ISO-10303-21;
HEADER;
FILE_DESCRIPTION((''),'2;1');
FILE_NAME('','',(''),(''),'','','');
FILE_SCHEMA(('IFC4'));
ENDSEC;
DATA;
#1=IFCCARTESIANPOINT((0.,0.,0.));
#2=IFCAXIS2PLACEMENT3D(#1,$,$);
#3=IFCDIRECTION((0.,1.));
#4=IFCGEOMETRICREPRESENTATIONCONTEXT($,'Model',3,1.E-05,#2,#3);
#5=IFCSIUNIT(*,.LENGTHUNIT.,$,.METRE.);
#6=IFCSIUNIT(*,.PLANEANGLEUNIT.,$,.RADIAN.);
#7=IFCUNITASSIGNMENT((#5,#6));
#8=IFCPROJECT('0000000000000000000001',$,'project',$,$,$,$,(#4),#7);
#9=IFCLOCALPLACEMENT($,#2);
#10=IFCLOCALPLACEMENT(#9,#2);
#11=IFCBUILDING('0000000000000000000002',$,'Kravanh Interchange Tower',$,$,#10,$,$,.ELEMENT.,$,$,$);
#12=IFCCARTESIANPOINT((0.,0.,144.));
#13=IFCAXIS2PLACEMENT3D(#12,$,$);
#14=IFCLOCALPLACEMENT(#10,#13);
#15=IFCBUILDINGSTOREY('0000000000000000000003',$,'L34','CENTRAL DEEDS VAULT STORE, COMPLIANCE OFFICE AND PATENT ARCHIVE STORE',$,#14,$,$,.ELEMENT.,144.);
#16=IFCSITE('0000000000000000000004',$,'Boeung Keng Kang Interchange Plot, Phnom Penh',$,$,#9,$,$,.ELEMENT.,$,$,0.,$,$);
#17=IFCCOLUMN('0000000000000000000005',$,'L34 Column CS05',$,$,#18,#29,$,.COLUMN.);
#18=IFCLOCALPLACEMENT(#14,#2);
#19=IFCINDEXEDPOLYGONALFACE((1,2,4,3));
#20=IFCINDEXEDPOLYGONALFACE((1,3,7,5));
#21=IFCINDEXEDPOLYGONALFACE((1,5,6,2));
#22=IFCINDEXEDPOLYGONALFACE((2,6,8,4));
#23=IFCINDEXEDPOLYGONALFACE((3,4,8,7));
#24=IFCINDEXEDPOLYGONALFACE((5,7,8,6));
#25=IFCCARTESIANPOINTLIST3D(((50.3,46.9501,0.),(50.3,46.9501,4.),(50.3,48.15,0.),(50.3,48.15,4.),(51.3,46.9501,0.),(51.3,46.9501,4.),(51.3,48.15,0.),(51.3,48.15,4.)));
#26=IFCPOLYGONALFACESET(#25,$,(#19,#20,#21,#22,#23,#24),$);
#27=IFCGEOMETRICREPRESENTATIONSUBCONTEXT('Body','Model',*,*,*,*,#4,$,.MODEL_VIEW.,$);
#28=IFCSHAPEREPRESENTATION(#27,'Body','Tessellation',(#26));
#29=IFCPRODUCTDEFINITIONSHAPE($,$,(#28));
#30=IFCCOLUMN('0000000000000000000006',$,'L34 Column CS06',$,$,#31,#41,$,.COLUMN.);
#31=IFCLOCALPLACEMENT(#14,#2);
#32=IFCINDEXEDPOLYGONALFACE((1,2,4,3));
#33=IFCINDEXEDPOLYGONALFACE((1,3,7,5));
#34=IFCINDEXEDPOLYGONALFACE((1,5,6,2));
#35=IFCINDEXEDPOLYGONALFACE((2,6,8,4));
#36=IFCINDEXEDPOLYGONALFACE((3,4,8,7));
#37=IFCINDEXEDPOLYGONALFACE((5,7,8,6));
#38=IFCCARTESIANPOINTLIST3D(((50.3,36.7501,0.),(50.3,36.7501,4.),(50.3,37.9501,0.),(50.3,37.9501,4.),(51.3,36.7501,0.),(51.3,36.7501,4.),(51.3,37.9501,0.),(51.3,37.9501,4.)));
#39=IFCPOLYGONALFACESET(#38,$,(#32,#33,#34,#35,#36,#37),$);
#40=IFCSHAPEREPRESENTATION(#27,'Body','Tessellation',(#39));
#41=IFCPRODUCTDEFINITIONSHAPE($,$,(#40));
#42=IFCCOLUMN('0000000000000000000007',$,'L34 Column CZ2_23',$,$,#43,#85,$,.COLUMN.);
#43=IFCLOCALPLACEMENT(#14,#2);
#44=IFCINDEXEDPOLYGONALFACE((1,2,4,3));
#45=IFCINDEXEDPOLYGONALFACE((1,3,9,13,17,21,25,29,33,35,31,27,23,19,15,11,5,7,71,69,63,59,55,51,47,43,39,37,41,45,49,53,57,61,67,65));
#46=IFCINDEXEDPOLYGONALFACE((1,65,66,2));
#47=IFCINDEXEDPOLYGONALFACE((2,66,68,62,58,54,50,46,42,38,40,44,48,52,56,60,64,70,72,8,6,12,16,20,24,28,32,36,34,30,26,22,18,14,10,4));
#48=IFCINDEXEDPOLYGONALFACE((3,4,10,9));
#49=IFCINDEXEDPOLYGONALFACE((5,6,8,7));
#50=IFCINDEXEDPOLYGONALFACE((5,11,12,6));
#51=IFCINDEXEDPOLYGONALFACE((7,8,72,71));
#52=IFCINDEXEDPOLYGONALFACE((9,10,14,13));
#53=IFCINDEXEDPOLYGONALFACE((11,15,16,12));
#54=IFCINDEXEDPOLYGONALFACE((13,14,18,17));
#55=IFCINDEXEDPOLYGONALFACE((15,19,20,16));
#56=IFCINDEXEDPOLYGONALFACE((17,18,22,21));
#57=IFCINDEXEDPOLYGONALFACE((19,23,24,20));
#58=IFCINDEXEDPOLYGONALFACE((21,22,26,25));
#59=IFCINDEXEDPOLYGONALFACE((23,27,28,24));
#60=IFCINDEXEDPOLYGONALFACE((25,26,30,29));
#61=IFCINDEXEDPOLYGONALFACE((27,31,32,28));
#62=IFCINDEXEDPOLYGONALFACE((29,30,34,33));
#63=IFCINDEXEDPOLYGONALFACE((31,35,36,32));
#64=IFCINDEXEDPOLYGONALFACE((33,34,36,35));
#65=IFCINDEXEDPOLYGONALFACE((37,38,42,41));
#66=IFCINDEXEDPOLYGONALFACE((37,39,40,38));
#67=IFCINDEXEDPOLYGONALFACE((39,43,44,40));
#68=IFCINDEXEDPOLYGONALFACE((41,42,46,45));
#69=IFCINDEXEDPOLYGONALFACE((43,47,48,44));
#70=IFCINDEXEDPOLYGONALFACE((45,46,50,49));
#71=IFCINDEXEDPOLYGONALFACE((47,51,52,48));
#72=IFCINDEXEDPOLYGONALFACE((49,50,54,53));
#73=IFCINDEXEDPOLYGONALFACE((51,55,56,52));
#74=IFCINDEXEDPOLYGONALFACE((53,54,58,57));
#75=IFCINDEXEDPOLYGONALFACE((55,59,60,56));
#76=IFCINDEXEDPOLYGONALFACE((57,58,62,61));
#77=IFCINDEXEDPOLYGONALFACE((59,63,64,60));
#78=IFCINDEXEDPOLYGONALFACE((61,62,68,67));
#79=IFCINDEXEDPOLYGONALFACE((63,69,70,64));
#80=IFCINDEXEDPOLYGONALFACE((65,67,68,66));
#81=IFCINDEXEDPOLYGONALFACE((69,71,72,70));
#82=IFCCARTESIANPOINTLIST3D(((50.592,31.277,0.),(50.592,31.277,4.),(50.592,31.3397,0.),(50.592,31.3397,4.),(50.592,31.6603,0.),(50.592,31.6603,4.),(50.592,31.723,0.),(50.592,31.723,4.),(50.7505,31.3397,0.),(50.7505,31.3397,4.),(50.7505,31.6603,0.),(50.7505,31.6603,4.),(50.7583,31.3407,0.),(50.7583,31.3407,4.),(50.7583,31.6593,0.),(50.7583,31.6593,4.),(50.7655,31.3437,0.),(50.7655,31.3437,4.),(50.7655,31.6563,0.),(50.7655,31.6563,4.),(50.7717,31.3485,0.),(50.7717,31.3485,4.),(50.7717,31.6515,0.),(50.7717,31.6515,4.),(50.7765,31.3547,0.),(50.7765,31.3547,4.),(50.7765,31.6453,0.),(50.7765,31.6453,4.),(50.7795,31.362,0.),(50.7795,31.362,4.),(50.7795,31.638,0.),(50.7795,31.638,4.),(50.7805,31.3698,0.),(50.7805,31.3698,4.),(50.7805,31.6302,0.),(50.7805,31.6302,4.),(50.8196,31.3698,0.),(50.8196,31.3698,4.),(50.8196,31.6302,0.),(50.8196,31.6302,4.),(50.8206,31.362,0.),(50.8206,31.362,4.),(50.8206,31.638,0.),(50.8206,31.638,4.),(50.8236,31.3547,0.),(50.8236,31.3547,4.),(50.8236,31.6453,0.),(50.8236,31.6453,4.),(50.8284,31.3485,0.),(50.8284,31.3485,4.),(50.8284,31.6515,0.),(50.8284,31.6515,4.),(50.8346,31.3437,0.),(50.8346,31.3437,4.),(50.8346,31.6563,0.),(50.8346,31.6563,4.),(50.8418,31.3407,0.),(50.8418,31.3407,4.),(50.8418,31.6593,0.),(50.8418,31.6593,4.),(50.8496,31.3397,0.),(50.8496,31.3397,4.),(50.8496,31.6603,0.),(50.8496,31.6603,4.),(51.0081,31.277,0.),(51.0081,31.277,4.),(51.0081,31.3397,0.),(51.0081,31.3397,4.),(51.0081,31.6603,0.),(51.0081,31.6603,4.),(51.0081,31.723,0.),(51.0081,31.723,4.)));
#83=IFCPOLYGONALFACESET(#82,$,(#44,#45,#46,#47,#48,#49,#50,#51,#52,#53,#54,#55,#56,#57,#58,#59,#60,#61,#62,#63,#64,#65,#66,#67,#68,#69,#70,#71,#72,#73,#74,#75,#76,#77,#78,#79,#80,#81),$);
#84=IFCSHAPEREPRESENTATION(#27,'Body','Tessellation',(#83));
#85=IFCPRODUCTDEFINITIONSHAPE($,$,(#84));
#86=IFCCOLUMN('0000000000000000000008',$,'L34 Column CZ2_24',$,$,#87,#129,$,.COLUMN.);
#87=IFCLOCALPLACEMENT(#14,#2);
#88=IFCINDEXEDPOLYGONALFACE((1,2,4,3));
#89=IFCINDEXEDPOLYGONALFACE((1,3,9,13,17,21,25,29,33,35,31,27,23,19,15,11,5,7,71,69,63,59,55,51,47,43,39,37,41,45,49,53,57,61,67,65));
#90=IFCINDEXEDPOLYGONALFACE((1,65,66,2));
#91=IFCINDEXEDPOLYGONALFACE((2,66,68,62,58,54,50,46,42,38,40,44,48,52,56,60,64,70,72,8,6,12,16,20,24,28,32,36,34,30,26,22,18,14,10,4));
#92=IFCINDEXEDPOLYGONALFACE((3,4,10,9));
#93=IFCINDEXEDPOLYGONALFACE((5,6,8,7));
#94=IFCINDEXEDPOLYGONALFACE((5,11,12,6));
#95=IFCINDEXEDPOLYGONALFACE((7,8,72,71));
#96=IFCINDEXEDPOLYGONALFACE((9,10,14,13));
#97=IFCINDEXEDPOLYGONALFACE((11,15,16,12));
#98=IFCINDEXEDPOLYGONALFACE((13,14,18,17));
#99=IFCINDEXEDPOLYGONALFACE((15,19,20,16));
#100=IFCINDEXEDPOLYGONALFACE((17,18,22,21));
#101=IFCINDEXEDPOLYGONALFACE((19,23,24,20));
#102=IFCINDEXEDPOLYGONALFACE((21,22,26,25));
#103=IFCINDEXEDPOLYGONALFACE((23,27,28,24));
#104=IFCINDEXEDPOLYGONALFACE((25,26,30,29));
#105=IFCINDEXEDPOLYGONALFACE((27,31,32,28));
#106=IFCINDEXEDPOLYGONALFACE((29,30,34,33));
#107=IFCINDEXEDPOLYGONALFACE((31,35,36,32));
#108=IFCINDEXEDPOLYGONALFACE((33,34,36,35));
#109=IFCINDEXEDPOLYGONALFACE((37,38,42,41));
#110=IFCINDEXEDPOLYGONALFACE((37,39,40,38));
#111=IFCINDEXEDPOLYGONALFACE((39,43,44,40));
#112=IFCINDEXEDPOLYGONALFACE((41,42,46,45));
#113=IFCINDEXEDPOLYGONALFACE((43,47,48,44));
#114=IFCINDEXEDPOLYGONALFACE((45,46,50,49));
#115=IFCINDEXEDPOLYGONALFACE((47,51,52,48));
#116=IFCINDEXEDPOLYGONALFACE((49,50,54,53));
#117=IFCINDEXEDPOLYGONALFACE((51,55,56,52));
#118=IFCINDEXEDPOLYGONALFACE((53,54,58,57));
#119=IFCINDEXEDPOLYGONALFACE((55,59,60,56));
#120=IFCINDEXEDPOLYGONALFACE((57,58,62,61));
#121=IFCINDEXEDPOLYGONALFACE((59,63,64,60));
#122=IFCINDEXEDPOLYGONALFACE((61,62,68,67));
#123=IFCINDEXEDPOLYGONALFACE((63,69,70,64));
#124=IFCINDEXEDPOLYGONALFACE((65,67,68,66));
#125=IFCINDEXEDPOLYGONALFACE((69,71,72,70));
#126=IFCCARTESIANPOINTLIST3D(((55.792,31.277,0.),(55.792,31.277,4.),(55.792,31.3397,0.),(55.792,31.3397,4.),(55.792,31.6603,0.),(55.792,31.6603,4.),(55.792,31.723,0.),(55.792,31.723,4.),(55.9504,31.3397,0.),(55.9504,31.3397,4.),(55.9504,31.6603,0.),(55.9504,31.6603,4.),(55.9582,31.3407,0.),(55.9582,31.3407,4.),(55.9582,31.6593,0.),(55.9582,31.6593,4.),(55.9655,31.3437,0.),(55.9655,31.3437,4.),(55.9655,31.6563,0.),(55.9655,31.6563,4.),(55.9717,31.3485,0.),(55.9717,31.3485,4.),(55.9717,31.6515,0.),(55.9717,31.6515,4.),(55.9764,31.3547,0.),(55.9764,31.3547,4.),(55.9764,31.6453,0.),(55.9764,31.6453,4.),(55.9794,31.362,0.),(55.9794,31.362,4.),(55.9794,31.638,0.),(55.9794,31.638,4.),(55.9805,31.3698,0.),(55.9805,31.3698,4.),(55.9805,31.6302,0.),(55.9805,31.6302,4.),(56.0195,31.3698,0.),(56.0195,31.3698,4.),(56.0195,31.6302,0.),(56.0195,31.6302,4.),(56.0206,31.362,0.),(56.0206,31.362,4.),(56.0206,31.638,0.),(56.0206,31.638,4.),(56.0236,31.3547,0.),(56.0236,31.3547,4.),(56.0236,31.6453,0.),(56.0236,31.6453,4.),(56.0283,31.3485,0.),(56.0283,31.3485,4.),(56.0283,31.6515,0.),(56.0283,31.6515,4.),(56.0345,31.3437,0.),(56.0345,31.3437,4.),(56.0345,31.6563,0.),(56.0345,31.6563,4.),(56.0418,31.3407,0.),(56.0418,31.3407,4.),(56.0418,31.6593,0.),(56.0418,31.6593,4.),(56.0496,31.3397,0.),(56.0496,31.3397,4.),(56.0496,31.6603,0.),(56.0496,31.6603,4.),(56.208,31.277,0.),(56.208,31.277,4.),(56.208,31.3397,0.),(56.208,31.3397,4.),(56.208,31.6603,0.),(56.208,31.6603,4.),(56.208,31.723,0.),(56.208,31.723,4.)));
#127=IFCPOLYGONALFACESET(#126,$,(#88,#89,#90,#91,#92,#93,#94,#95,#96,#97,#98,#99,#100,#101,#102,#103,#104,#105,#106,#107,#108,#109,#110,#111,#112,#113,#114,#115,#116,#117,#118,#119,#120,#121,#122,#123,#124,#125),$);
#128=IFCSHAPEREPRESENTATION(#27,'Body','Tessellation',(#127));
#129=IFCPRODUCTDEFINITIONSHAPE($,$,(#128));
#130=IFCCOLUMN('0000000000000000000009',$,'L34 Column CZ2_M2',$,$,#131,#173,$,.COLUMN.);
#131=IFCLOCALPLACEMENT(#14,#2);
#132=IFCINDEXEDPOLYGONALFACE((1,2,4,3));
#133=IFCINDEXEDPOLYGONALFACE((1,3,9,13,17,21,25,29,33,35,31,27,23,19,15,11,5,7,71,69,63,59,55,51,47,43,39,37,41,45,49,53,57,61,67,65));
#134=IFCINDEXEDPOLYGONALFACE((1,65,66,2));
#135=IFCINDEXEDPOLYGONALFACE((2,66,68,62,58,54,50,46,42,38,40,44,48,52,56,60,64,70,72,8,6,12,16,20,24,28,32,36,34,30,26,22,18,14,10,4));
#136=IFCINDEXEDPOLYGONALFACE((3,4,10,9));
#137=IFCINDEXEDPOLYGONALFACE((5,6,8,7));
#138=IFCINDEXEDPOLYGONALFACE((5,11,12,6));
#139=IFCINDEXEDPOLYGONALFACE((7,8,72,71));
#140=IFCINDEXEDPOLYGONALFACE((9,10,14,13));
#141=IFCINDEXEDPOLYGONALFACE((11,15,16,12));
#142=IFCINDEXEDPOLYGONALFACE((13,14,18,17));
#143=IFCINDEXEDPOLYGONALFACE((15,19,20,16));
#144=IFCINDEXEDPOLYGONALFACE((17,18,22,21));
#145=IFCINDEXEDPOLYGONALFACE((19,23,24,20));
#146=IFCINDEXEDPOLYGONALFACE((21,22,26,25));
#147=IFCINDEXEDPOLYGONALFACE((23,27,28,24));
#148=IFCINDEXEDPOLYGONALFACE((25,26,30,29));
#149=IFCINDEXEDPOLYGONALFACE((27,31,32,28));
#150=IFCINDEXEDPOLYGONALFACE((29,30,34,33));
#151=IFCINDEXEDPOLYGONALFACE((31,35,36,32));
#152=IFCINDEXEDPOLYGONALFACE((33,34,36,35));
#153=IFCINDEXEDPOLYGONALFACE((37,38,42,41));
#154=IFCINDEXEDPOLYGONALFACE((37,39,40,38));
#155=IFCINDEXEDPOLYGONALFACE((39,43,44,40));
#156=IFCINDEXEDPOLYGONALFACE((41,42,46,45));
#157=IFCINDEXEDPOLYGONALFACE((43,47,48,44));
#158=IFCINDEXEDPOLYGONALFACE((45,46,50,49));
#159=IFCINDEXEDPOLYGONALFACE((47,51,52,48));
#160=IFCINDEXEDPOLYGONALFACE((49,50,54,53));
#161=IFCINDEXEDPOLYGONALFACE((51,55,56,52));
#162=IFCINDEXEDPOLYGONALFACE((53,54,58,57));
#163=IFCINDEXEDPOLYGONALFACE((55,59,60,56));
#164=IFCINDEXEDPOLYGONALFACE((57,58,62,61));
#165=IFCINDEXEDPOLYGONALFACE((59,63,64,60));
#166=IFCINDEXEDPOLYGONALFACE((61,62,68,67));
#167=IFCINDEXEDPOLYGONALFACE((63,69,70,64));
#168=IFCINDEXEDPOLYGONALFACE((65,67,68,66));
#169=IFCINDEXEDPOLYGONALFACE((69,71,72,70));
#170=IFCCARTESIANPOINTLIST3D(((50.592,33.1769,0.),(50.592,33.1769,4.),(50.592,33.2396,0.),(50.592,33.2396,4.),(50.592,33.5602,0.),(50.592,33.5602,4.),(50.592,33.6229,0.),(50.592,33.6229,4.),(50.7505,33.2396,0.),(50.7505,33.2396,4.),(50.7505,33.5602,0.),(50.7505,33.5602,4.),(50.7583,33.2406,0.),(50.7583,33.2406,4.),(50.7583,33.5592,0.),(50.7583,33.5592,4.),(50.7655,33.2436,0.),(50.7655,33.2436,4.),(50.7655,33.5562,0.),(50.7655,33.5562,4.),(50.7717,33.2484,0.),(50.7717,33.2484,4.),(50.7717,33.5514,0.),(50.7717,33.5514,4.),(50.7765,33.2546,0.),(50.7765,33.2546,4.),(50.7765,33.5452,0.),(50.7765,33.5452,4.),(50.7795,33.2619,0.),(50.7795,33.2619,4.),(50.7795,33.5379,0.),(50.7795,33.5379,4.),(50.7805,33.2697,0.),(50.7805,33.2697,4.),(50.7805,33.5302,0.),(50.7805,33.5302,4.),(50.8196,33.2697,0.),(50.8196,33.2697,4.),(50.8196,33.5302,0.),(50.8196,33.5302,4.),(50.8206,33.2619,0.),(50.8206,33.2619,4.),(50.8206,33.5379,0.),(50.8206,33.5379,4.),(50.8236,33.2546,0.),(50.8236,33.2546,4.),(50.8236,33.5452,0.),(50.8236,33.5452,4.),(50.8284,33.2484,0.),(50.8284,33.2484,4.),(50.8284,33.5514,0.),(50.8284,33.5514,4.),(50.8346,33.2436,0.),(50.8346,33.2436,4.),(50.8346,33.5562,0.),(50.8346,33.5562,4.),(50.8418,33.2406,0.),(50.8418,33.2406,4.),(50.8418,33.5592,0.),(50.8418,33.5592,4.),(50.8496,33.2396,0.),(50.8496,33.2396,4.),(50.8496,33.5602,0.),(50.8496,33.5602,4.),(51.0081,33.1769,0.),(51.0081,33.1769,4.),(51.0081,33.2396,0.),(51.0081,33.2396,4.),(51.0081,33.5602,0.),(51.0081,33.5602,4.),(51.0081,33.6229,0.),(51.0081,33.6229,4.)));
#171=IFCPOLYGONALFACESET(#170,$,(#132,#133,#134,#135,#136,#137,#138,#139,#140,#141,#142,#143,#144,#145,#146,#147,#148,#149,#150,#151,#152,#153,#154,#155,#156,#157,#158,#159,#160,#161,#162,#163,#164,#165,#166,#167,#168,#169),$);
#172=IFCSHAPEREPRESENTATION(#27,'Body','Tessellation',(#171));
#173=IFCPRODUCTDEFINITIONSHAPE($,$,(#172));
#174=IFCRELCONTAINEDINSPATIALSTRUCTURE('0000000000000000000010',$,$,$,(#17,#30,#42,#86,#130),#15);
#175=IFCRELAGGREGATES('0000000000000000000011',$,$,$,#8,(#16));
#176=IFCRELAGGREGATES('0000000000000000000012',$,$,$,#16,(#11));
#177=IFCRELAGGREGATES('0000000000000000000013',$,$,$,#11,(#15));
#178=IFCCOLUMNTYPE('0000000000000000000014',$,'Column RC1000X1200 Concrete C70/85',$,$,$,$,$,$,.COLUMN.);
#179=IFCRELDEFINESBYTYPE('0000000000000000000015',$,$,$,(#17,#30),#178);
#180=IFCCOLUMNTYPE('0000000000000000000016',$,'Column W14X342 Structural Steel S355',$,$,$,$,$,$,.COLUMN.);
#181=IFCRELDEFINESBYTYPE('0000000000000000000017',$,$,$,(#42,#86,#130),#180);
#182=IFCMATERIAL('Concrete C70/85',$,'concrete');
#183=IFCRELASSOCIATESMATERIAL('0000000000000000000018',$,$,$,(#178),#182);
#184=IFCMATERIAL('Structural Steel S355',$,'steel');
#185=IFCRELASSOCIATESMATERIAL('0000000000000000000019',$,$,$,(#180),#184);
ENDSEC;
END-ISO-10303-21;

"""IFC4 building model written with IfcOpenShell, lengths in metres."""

from ifc_helpers import new_model, si_unit, direction, frame, origin, origin_2d, place, context, subcontext, project, spatial, rectangle, i_section, extrude, material, material_profile, profile_set, type_object, element, save


model = new_model("IFC4")

# Units and contexts
model_context = context("Model", 3, precision=1e-05, world=origin(), true_north=direction((0.0, 1.0)))
body_context = subcontext(model_context, "Body", "Model", "MODEL_VIEW")
ifc_project = project(units=[si_unit("LENGTHUNIT", "METRE"), si_unit("PLANEANGLEUNIT", "RADIAN")], contexts=[model_context])

# Site, building, storey
site_placement = place(None, origin())
site = spatial("IfcSite", under=ifc_project, at=site_placement, Name="Boeung Keng Kang Interchange Plot, Phnom Penh", CompositionType="ELEMENT", RefElevation=0.0)
building_placement = place(site_placement, origin())
building = spatial("IfcBuilding", under=site, at=building_placement, Name="Kravanh Interchange Tower", CompositionType="ELEMENT")
storey_placement = place(building_placement, frame((0.0, 0.0, 144.0)))
storey = spatial("IfcBuildingStorey", under=building, at=storey_placement, Name="L34", Description="CENTRAL DEEDS VAULT STORE, COMPLIANCE OFFICE AND PATENT ARCHIVE STORE", CompositionType="ELEMENT", Elevation=144.0)

# Columns
ifc_material_1 = material(Name="Concrete C70/85", Category="concrete")
ifc_material_profile_1 = material_profile(ifc_material_1, rectangle(XDim=1.0, YDim=1.2, at=origin_2d()), Name="RC1000X1200")
ifc_profile_set_1 = profile_set([ifc_material_profile_1], Name="Concrete C70/85")
column_type_1 = type_object("IfcColumnType", Name="Column RC1000X1200 Concrete C70/85", PredefinedType="COLUMN", material=ifc_profile_set_1)
for number, where, z_axis, x_axis, name in (
    (1, (50.8, 47.55, 0.0), (0.0, 0.0, 1.0), (1.0, 0.0, 0.0), "L34 Column CS05"),
    (2, (50.8, 37.3501, 0.0), (0.0, 0.0, 1.0), (1.0, 0.0, 0.0), "L34 Column CS06"),
):
    element("IfcColumn", number, at=place(storey_placement, frame(where, z_axis=z_axis, x_axis=x_axis)), inside=storey, type_object=column_type_1, Name=name, PredefinedType="COLUMN", context=body_context, shape_type="SweptSolid", body=[
        extrude(rectangle(XDim=1.0, YDim=1.2, at=origin_2d()), origin(), (0.0, 0.0, 1.0), 4.0),
    ])
ifc_material_2 = material(Name="Structural Steel S355", Category="steel")
ifc_material_profile_2 = material_profile(ifc_material_2, i_section(OverallWidth=0.416, OverallDepth=0.446, WebThickness=0.0391, FlangeThickness=0.0627, FilletRadius=0.03, at=origin_2d()), Name="W14X342")
ifc_profile_set_2 = profile_set([ifc_material_profile_2], Name="Structural Steel S355")
column_type_2 = type_object("IfcColumnType", Name="Column W14X342 Structural Steel S355", PredefinedType="COLUMN", material=ifc_profile_set_2)
for number, where, z_axis, x_axis, name in (
    (3, (50.8, 31.5, 0.0), (0.0, 0.0, 1.0), (1.0, 0.0, 0.0), "L34 Column CZ2_23"),
    (4, (56.0, 31.5, 0.0), (0.0, 0.0, 1.0), (1.0, 0.0, 0.0), "L34 Column CZ2_24"),
    (5, (50.8, 33.3999, 0.0), (0.0, 0.0, 1.0), (1.0, 0.0, 0.0), "L34 Column CZ2_M2"),
):
    element("IfcColumn", number, at=place(storey_placement, frame(where, z_axis=z_axis, x_axis=x_axis)), inside=storey, type_object=column_type_2, Name=name, PredefinedType="COLUMN", context=body_context, shape_type="SweptSolid", body=[
        extrude(i_section(OverallWidth=0.416, OverallDepth=0.446, WebThickness=0.0391, FlangeThickness=0.0627, FilletRadius=0.03, at=origin_2d()), origin(), (0.0, 0.0, 1.0), 4.0),
    ])

save(model, "model.ifc")
